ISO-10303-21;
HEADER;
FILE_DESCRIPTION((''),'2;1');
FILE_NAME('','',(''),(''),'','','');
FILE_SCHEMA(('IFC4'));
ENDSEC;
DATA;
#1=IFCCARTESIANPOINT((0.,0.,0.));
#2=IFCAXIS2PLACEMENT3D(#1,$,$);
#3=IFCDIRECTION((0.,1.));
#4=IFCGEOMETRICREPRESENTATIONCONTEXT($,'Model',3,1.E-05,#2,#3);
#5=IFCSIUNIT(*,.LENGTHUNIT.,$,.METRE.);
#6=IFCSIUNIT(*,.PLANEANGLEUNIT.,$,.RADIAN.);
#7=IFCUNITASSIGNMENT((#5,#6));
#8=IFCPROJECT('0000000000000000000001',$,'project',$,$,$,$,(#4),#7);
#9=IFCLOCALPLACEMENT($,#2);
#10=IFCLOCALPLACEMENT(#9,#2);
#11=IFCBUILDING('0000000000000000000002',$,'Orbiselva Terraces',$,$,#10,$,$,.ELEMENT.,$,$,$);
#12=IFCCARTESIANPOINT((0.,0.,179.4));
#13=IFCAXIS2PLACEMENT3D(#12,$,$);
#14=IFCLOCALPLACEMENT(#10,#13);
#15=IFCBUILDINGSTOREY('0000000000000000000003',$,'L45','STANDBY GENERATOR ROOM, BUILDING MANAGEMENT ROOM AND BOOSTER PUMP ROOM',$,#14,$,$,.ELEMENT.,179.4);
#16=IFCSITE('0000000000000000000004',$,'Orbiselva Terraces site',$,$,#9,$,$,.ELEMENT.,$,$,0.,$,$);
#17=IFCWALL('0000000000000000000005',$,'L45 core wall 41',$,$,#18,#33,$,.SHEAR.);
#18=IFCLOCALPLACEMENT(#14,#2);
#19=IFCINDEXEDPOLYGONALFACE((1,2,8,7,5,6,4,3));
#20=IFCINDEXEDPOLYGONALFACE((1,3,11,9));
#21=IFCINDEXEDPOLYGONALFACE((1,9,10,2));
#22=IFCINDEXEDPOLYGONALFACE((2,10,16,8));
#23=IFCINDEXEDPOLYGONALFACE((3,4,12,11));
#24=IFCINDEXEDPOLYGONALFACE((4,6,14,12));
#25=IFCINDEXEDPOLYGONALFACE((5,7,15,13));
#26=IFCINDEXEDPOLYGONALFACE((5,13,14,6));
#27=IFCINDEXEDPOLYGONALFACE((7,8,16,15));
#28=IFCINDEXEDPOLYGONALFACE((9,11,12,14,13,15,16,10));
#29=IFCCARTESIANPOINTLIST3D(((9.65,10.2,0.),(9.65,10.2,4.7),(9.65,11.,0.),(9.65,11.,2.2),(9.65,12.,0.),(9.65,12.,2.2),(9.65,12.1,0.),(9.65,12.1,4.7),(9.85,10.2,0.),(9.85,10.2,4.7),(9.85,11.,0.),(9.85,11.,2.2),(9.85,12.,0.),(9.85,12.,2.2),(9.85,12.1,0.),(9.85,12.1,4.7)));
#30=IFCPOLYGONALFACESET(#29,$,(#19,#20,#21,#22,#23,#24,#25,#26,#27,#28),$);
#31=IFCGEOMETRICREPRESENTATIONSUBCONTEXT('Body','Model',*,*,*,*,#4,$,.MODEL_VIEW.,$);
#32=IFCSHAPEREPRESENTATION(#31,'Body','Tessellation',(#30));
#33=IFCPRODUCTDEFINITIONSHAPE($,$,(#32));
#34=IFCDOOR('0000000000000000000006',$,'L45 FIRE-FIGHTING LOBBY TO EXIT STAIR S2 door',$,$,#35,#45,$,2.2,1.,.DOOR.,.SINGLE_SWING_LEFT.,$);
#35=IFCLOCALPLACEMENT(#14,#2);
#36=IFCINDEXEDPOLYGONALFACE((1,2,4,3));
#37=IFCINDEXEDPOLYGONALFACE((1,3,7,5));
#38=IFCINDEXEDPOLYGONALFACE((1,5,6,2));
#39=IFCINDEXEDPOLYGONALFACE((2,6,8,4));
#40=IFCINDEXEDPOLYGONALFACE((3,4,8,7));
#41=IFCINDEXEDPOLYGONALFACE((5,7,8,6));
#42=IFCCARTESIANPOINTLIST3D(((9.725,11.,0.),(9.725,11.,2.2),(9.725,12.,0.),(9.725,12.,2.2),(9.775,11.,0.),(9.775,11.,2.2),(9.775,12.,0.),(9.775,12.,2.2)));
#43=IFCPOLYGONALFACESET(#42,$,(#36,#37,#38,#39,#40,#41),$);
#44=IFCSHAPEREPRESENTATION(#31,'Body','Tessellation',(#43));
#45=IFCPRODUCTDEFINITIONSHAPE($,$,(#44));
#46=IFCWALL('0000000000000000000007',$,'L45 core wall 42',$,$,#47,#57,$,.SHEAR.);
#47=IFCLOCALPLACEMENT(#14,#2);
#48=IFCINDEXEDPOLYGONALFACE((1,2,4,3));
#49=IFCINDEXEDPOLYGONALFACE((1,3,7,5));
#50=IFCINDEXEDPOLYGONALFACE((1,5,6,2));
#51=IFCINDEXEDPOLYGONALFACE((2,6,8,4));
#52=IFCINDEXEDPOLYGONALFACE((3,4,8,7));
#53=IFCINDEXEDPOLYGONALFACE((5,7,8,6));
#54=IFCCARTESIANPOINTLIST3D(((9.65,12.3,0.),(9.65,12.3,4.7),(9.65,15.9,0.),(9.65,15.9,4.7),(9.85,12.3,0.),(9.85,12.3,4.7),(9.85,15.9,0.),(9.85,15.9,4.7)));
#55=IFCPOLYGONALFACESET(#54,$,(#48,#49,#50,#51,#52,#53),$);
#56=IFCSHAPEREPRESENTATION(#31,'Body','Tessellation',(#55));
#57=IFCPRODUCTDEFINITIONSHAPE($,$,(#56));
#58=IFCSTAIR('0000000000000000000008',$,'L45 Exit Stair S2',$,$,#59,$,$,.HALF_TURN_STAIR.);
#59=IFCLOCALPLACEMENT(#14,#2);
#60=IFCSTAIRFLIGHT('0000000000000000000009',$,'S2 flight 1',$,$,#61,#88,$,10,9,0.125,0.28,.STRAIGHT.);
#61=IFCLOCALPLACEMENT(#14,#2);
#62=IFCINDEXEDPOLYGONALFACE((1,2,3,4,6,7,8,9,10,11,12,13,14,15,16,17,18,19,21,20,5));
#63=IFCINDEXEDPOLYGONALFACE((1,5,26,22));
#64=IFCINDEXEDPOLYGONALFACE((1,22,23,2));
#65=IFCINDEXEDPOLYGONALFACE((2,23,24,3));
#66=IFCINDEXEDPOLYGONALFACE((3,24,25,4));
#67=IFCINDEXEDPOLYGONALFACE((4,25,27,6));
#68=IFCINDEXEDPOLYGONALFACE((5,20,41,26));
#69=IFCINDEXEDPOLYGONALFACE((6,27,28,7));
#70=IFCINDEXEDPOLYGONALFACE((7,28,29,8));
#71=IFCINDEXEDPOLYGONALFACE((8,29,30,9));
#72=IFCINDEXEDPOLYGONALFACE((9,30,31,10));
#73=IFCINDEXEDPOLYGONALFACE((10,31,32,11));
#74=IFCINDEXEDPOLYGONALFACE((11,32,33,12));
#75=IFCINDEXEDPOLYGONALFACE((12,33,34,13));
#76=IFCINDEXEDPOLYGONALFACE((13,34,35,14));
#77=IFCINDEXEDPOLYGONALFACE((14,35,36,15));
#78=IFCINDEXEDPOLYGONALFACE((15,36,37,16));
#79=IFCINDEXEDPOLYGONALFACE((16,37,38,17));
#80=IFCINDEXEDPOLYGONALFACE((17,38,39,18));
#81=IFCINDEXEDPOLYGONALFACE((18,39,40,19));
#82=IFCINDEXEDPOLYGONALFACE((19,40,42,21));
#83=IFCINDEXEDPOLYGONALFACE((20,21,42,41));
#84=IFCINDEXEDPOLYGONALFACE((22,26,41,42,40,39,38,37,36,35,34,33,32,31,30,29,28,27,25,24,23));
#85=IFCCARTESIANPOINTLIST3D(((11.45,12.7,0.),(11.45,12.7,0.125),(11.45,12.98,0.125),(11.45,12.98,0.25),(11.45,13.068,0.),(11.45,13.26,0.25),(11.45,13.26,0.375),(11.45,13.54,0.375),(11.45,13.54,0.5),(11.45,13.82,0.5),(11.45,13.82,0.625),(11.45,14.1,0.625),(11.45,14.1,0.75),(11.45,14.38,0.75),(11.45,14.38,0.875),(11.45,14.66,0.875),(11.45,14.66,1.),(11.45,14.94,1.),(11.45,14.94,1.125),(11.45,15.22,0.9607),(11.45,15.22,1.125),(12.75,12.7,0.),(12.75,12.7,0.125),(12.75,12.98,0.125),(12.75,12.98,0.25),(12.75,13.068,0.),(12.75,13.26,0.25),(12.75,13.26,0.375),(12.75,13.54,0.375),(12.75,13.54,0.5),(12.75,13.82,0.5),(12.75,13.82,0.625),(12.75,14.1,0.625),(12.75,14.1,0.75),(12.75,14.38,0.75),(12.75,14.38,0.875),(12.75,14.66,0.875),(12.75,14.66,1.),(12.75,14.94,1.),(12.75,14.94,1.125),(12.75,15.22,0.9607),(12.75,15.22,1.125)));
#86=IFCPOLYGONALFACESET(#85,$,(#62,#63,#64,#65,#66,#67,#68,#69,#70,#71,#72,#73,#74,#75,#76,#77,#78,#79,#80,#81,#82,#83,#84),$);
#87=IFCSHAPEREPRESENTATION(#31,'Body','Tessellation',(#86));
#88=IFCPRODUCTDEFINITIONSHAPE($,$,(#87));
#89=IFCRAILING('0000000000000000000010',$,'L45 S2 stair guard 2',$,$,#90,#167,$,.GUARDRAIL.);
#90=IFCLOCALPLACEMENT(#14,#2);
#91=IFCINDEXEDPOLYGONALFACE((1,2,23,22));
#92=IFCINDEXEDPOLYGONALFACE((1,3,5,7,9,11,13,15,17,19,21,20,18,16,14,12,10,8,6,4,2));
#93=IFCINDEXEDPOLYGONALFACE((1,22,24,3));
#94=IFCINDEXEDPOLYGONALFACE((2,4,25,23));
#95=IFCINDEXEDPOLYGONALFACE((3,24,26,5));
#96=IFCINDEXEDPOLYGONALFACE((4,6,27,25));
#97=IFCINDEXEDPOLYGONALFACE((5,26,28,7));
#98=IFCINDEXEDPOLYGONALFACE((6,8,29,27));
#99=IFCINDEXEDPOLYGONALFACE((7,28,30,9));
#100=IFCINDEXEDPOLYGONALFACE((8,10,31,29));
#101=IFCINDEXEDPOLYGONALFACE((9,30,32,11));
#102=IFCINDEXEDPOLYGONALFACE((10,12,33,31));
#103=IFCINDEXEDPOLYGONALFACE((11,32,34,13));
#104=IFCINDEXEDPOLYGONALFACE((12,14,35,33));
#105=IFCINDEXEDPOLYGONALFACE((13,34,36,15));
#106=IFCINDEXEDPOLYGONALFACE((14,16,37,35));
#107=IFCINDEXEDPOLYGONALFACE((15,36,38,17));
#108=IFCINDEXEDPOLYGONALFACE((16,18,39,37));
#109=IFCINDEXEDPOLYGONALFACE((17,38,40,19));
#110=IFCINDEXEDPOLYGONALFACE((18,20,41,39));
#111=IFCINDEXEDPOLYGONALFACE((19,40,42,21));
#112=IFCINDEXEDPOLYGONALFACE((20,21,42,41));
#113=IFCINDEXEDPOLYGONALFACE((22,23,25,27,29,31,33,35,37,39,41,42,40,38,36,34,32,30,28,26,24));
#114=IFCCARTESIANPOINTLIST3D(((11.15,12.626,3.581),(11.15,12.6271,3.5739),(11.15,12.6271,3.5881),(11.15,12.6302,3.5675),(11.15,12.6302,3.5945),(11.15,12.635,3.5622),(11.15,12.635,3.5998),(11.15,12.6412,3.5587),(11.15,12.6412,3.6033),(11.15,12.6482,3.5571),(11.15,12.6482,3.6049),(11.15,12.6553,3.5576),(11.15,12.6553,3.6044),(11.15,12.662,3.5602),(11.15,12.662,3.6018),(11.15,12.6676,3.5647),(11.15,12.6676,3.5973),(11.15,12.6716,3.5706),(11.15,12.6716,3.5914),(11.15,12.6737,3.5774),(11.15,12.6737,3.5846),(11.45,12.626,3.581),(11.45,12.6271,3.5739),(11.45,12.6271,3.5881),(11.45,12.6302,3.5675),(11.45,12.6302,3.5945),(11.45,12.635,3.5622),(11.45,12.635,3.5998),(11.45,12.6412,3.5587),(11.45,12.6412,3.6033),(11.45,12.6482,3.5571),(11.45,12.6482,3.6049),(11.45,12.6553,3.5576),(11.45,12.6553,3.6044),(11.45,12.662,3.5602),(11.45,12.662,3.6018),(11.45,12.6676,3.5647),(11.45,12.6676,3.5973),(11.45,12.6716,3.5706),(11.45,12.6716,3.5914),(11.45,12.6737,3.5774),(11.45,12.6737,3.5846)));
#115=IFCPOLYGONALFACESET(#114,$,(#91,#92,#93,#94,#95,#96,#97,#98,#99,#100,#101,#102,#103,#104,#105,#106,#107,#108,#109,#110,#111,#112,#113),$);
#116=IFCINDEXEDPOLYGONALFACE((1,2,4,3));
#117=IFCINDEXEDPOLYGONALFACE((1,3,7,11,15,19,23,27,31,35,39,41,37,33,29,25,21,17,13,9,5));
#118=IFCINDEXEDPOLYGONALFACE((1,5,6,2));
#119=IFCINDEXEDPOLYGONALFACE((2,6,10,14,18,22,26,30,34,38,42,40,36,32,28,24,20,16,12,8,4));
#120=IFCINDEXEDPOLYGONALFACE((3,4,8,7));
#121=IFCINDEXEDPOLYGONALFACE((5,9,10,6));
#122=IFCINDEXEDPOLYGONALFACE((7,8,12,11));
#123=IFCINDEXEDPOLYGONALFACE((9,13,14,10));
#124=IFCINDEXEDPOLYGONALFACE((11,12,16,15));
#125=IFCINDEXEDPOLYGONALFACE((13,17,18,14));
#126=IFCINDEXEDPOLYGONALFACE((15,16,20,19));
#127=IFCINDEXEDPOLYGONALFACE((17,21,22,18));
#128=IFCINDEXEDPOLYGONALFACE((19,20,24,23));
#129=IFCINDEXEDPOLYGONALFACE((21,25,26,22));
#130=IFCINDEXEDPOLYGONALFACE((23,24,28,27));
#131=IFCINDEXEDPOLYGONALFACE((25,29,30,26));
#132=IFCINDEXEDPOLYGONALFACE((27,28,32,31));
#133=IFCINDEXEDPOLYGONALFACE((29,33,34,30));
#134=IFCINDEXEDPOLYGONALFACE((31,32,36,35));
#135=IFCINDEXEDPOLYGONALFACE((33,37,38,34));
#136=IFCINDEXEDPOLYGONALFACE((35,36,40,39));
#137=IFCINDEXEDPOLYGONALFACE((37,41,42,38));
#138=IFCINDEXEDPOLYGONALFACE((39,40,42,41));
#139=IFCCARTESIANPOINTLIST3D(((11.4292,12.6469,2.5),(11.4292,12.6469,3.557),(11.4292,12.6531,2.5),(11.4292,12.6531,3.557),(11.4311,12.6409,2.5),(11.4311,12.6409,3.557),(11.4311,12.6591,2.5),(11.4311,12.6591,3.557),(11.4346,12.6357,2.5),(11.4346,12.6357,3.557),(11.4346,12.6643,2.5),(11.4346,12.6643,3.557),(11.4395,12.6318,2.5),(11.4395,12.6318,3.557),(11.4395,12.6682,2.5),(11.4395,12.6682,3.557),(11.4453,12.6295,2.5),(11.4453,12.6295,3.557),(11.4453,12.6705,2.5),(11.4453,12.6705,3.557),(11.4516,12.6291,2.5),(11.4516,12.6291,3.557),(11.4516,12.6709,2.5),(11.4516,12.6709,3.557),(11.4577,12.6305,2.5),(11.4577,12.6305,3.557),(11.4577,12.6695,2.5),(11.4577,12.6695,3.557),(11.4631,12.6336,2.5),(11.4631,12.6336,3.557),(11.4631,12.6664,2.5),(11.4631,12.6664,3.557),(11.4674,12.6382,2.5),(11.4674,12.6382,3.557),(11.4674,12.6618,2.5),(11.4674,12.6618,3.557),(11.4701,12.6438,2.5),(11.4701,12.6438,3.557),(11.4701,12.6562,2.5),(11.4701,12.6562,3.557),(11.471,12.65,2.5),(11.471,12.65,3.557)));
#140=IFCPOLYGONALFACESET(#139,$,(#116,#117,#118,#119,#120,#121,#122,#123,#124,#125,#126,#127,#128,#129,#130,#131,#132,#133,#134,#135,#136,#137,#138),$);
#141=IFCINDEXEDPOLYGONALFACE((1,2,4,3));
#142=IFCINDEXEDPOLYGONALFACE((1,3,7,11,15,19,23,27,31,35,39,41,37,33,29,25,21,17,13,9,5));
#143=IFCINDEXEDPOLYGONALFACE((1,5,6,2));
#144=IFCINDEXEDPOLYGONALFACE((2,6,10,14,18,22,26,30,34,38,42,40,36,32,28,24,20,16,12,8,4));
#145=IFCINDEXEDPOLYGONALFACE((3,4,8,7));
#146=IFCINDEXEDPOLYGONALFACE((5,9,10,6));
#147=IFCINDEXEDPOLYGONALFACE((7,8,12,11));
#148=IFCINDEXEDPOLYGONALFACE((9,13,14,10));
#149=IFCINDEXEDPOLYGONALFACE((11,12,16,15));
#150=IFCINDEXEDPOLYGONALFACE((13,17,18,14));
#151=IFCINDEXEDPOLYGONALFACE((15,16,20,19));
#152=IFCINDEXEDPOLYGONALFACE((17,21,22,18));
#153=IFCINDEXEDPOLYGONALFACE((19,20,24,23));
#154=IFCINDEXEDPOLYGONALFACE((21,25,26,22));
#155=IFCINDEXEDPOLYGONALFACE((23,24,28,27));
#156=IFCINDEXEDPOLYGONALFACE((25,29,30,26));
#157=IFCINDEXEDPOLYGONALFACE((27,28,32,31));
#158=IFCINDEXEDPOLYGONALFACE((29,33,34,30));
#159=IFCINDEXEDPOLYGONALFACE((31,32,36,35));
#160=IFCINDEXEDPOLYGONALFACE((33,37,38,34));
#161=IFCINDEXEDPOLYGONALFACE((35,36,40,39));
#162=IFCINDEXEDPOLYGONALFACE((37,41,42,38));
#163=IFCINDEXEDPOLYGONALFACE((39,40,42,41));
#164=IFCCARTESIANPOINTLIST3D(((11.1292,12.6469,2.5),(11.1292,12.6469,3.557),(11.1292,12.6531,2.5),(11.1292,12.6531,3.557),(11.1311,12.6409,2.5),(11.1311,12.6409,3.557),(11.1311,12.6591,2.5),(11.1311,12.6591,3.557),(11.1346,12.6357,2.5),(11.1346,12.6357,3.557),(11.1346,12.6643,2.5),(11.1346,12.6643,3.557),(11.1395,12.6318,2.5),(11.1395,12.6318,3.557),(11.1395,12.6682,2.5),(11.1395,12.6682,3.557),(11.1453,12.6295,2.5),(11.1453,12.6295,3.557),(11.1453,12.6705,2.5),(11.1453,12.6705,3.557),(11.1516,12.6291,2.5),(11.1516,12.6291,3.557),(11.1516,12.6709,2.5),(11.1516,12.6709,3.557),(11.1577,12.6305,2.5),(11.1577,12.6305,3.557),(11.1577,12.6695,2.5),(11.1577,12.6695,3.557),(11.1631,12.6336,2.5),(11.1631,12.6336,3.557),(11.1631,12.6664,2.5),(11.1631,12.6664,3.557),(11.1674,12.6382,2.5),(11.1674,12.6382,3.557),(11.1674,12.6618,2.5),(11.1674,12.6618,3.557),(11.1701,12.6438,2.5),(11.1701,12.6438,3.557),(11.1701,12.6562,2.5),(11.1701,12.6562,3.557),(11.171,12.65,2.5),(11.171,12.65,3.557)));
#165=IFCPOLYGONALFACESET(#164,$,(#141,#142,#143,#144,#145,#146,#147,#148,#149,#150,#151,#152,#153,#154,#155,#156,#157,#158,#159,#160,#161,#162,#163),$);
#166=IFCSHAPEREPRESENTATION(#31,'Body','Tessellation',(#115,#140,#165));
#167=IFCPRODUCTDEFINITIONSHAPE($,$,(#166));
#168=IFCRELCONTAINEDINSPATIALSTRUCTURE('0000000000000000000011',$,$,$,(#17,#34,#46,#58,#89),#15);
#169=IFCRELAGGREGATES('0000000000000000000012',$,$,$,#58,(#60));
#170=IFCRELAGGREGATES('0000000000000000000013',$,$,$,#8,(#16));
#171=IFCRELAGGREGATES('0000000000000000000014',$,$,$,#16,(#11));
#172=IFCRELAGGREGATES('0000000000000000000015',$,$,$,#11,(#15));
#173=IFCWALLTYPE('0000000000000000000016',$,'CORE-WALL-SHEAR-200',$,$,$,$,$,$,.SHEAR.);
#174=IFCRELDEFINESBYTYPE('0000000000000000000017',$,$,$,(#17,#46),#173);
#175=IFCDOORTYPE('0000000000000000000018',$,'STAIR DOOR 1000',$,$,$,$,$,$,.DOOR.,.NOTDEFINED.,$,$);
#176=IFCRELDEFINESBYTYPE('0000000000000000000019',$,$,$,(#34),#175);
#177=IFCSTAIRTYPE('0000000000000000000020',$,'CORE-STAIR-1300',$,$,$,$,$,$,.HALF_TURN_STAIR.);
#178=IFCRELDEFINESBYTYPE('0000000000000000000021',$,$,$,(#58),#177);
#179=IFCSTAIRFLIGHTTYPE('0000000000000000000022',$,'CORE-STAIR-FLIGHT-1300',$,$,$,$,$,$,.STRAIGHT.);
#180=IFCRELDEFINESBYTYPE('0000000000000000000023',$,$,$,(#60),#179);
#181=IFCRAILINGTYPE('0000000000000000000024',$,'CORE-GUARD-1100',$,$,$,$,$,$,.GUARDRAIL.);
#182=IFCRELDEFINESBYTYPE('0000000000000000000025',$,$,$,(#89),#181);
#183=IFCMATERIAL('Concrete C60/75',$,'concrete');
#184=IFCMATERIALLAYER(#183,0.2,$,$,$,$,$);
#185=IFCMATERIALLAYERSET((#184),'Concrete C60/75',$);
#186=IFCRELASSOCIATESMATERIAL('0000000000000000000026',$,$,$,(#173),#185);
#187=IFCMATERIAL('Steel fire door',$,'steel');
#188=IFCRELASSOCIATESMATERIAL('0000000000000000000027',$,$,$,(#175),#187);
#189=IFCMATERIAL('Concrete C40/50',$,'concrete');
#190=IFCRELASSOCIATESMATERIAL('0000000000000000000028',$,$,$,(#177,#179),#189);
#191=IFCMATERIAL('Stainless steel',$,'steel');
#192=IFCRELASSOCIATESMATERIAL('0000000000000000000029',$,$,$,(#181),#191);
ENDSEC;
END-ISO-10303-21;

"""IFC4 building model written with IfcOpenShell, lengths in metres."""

from ifc_helpers import new_model, si_unit, direction, frame, frame_2d, origin, origin_2d, place, context, subcontext, project, spatial, polyline, rectangle, circle, outline, extrude, material, layer, layer_set, type_object, element, fill, aggregate, save


model = new_model("IFC4")

# Units and contexts
model_context = context("Model", 3, precision=1e-05, world=origin(), true_north=direction((0.0, 1.0)))
body_context = subcontext(model_context, "Body", "Model", "MODEL_VIEW")
ifc_project = project(units=[si_unit("LENGTHUNIT", "METRE"), si_unit("PLANEANGLEUNIT", "RADIAN")], contexts=[model_context])

# Site, building, storey
site_placement = place(None, origin())
site = spatial("IfcSite", under=ifc_project, at=site_placement, Name="Orbiselva Terraces site", CompositionType="ELEMENT", RefElevation=0.0)
building_placement = place(site_placement, origin())
building = spatial("IfcBuilding", under=site, at=building_placement, Name="Orbiselva Terraces", CompositionType="ELEMENT")
storey_placement = place(building_placement, frame((0.0, 0.0, 179.4)))
storey = spatial("IfcBuildingStorey", under=building, at=storey_placement, Name="L45", Description="STANDBY GENERATOR ROOM, BUILDING MANAGEMENT ROOM AND BOOSTER PUMP ROOM", CompositionType="ELEMENT", Elevation=179.4)

# Shared definitions
ifc_material_1 = material(Name="Concrete C60/75", Category="concrete")
ifc_layer_1 = layer(ifc_material_1, 0.2)
ifc_layer_set_1 = layer_set([ifc_layer_1], Name="Concrete C60/75")
wall_type_1 = type_object("IfcWallType", Name="CORE-WALL-SHEAR-200", PredefinedType="SHEAR", material=ifc_layer_set_1)
ifc_material_2 = material(Name="Steel fire door", Category="steel")

# Wall, opening, door
wall_1_placement = place(storey_placement, frame((9.75, 12.1, 0.0), z_axis=(0.0, 0.0, 1.0), x_axis=(0.0, -1.0, 0.0)))
wall_1 = element("IfcWall", 1, at=wall_1_placement, inside=storey, type_object=wall_type_1, Name="L45 core wall 41", PredefinedType="SHEAR", context=body_context, shape_type="SweptSolid", body=[
    extrude(rectangle(XDim=1.9, YDim=0.2, at=frame_2d((0.95, 0.0))), origin(), (0.0, 0.0, 1.0), 4.7),
])
opening_1_placement = place(wall_1_placement, frame((0.1, 0.0, 0.0)))
opening_1 = element("IfcOpeningElement", 2, at=opening_1_placement, cuts=wall_1, PredefinedType="OPENING", context=body_context, shape_type="SweptSolid", body=[
    extrude(rectangle(XDim=1.0, YDim=2.2, at=frame_2d((0.5, 1.1))), frame((0.0, 0.11, 0.0), z_axis=(0.0, -1.0, 0.0), x_axis=(1.0, 0.0, 0.0)), (0.0, 0.0, 1.0), 0.22),
])
door_type_1 = type_object("IfcDoorType", Name="STAIR DOOR 1000", OperationType="NOTDEFINED", PredefinedType="DOOR", material=ifc_material_2)
door_1_placement = place(opening_1_placement, origin())
door_1 = element("IfcDoor", 3, at=door_1_placement, inside=storey, type_object=door_type_1, Name="L45 FIRE-FIGHTING LOBBY TO EXIT STAIR S2 door", OperationType="SINGLE_SWING_LEFT", OverallHeight=2.2, OverallWidth=1.0, PredefinedType="DOOR", context=body_context, shape_type="SweptSolid", body=[
    extrude(rectangle(XDim=1.0, YDim=2.2, at=frame_2d((0.5, 1.1))), frame((0.0, 0.025, 0.0), z_axis=(0.0, -1.0, 0.0), x_axis=(1.0, 0.0, 0.0)), (0.0, 0.0, 1.0), 0.05),
])
fill(opening_1, door_1)

# Wall
wall_2_placement = place(storey_placement, frame((9.75, 12.3, 0.0), z_axis=(0.0, 0.0, 1.0), x_axis=(0.0, 1.0, 0.0)))
element("IfcWall", 4, at=wall_2_placement, inside=storey, type_object=wall_type_1, Name="L45 core wall 42", PredefinedType="SHEAR", context=body_context, shape_type="SweptSolid", body=[
    extrude(rectangle(XDim=3.6, YDim=0.2, at=frame_2d((1.8, 0.0))), origin(), (0.0, 0.0, 1.0), 4.7),
])

# Stair, stair flight
ifc_material_3 = material(Name="Concrete C40/50", Category="concrete")
stair_type = type_object("IfcStairType", Name="CORE-STAIR-1300", PredefinedType="HALF_TURN_STAIR", material=ifc_material_3)
stair_placement = place(storey_placement, origin())
stair = element("IfcStair", 5, at=stair_placement, inside=storey, type_object=stair_type, Name="L45 Exit Stair S2", PredefinedType="HALF_TURN_STAIR")
stair_flight_type = type_object("IfcStairFlightType", Name="CORE-STAIR-FLIGHT-1300", PredefinedType="STRAIGHT", material=ifc_material_3)
stair_flight_placement = place(storey_placement, frame((12.1, 12.7, 0.0), z_axis=(0.0, 0.0, 1.0), x_axis=(0.0, 1.0, 0.0)))
stair_flight = element("IfcStairFlight", 6, at=stair_flight_placement, type_object=stair_flight_type, Name="S2 flight 1", NumberOfRisers=10, NumberOfTreads=9, PredefinedType="STRAIGHT", RiserHeight=0.125, TreadLength=0.28, context=body_context, shape_type="SweptSolid", body=[
    extrude(outline(polyline([(0.0, 0.0), (0.0, 0.125), (0.28, 0.125), (0.28, 0.25), (0.56, 0.25), (0.56, 0.375), (0.84, 0.375), (0.84, 0.5), (1.12, 0.5), (1.12, 0.625), (1.4, 0.625), (1.4, 0.75), (1.68, 0.75), (1.68, 0.875), (1.96, 0.875), (1.96, 1.0), (2.24, 1.0), (2.24, 1.125), (2.52, 1.125), (2.52, 1.25), (2.52, 0.9607), (0.368, 0.0), (0.0, 0.0)])), frame((0.0, 0.65, 0.0), z_axis=(0.0, -1.0, 0.0), x_axis=(1.0, 0.0, 0.0)), (0.0, 0.0, 1.0), 1.3),
])
aggregate(stair, [stair_flight])

# Railing
ifc_material_4 = material(Name="Stainless steel", Category="steel")
railing_type = type_object("IfcRailingType", Name="CORE-GUARD-1100", PredefinedType="GUARDRAIL", material=ifc_material_4)
railing_1_placement = place(storey_placement, frame((11.45, 12.65, 2.5)))
element("IfcRailing", 7, at=railing_1_placement, inside=storey, type_object=railing_type, Name="L45 S2 stair guard 2", PredefinedType="GUARDRAIL", context=body_context, shape_type="SweptSolid", body=[
    extrude(circle(Radius=0.024, at=origin_2d()), frame((0.0, 0.0, 1.081), z_axis=(-1.0, 0.0, 0.0), x_axis=(0.0, -1.0, 0.0)), (0.0, 0.0, 1.0), 0.3),
    extrude(circle(Radius=0.021, at=origin_2d()), origin(), (0.0, 0.0, 1.0), 1.057),
    extrude(circle(Radius=0.021, at=origin_2d()), frame((-0.3, 0.0, 0.0)), (0.0, 0.0, 1.0), 1.057),
])

save(model, "model.ifc")
